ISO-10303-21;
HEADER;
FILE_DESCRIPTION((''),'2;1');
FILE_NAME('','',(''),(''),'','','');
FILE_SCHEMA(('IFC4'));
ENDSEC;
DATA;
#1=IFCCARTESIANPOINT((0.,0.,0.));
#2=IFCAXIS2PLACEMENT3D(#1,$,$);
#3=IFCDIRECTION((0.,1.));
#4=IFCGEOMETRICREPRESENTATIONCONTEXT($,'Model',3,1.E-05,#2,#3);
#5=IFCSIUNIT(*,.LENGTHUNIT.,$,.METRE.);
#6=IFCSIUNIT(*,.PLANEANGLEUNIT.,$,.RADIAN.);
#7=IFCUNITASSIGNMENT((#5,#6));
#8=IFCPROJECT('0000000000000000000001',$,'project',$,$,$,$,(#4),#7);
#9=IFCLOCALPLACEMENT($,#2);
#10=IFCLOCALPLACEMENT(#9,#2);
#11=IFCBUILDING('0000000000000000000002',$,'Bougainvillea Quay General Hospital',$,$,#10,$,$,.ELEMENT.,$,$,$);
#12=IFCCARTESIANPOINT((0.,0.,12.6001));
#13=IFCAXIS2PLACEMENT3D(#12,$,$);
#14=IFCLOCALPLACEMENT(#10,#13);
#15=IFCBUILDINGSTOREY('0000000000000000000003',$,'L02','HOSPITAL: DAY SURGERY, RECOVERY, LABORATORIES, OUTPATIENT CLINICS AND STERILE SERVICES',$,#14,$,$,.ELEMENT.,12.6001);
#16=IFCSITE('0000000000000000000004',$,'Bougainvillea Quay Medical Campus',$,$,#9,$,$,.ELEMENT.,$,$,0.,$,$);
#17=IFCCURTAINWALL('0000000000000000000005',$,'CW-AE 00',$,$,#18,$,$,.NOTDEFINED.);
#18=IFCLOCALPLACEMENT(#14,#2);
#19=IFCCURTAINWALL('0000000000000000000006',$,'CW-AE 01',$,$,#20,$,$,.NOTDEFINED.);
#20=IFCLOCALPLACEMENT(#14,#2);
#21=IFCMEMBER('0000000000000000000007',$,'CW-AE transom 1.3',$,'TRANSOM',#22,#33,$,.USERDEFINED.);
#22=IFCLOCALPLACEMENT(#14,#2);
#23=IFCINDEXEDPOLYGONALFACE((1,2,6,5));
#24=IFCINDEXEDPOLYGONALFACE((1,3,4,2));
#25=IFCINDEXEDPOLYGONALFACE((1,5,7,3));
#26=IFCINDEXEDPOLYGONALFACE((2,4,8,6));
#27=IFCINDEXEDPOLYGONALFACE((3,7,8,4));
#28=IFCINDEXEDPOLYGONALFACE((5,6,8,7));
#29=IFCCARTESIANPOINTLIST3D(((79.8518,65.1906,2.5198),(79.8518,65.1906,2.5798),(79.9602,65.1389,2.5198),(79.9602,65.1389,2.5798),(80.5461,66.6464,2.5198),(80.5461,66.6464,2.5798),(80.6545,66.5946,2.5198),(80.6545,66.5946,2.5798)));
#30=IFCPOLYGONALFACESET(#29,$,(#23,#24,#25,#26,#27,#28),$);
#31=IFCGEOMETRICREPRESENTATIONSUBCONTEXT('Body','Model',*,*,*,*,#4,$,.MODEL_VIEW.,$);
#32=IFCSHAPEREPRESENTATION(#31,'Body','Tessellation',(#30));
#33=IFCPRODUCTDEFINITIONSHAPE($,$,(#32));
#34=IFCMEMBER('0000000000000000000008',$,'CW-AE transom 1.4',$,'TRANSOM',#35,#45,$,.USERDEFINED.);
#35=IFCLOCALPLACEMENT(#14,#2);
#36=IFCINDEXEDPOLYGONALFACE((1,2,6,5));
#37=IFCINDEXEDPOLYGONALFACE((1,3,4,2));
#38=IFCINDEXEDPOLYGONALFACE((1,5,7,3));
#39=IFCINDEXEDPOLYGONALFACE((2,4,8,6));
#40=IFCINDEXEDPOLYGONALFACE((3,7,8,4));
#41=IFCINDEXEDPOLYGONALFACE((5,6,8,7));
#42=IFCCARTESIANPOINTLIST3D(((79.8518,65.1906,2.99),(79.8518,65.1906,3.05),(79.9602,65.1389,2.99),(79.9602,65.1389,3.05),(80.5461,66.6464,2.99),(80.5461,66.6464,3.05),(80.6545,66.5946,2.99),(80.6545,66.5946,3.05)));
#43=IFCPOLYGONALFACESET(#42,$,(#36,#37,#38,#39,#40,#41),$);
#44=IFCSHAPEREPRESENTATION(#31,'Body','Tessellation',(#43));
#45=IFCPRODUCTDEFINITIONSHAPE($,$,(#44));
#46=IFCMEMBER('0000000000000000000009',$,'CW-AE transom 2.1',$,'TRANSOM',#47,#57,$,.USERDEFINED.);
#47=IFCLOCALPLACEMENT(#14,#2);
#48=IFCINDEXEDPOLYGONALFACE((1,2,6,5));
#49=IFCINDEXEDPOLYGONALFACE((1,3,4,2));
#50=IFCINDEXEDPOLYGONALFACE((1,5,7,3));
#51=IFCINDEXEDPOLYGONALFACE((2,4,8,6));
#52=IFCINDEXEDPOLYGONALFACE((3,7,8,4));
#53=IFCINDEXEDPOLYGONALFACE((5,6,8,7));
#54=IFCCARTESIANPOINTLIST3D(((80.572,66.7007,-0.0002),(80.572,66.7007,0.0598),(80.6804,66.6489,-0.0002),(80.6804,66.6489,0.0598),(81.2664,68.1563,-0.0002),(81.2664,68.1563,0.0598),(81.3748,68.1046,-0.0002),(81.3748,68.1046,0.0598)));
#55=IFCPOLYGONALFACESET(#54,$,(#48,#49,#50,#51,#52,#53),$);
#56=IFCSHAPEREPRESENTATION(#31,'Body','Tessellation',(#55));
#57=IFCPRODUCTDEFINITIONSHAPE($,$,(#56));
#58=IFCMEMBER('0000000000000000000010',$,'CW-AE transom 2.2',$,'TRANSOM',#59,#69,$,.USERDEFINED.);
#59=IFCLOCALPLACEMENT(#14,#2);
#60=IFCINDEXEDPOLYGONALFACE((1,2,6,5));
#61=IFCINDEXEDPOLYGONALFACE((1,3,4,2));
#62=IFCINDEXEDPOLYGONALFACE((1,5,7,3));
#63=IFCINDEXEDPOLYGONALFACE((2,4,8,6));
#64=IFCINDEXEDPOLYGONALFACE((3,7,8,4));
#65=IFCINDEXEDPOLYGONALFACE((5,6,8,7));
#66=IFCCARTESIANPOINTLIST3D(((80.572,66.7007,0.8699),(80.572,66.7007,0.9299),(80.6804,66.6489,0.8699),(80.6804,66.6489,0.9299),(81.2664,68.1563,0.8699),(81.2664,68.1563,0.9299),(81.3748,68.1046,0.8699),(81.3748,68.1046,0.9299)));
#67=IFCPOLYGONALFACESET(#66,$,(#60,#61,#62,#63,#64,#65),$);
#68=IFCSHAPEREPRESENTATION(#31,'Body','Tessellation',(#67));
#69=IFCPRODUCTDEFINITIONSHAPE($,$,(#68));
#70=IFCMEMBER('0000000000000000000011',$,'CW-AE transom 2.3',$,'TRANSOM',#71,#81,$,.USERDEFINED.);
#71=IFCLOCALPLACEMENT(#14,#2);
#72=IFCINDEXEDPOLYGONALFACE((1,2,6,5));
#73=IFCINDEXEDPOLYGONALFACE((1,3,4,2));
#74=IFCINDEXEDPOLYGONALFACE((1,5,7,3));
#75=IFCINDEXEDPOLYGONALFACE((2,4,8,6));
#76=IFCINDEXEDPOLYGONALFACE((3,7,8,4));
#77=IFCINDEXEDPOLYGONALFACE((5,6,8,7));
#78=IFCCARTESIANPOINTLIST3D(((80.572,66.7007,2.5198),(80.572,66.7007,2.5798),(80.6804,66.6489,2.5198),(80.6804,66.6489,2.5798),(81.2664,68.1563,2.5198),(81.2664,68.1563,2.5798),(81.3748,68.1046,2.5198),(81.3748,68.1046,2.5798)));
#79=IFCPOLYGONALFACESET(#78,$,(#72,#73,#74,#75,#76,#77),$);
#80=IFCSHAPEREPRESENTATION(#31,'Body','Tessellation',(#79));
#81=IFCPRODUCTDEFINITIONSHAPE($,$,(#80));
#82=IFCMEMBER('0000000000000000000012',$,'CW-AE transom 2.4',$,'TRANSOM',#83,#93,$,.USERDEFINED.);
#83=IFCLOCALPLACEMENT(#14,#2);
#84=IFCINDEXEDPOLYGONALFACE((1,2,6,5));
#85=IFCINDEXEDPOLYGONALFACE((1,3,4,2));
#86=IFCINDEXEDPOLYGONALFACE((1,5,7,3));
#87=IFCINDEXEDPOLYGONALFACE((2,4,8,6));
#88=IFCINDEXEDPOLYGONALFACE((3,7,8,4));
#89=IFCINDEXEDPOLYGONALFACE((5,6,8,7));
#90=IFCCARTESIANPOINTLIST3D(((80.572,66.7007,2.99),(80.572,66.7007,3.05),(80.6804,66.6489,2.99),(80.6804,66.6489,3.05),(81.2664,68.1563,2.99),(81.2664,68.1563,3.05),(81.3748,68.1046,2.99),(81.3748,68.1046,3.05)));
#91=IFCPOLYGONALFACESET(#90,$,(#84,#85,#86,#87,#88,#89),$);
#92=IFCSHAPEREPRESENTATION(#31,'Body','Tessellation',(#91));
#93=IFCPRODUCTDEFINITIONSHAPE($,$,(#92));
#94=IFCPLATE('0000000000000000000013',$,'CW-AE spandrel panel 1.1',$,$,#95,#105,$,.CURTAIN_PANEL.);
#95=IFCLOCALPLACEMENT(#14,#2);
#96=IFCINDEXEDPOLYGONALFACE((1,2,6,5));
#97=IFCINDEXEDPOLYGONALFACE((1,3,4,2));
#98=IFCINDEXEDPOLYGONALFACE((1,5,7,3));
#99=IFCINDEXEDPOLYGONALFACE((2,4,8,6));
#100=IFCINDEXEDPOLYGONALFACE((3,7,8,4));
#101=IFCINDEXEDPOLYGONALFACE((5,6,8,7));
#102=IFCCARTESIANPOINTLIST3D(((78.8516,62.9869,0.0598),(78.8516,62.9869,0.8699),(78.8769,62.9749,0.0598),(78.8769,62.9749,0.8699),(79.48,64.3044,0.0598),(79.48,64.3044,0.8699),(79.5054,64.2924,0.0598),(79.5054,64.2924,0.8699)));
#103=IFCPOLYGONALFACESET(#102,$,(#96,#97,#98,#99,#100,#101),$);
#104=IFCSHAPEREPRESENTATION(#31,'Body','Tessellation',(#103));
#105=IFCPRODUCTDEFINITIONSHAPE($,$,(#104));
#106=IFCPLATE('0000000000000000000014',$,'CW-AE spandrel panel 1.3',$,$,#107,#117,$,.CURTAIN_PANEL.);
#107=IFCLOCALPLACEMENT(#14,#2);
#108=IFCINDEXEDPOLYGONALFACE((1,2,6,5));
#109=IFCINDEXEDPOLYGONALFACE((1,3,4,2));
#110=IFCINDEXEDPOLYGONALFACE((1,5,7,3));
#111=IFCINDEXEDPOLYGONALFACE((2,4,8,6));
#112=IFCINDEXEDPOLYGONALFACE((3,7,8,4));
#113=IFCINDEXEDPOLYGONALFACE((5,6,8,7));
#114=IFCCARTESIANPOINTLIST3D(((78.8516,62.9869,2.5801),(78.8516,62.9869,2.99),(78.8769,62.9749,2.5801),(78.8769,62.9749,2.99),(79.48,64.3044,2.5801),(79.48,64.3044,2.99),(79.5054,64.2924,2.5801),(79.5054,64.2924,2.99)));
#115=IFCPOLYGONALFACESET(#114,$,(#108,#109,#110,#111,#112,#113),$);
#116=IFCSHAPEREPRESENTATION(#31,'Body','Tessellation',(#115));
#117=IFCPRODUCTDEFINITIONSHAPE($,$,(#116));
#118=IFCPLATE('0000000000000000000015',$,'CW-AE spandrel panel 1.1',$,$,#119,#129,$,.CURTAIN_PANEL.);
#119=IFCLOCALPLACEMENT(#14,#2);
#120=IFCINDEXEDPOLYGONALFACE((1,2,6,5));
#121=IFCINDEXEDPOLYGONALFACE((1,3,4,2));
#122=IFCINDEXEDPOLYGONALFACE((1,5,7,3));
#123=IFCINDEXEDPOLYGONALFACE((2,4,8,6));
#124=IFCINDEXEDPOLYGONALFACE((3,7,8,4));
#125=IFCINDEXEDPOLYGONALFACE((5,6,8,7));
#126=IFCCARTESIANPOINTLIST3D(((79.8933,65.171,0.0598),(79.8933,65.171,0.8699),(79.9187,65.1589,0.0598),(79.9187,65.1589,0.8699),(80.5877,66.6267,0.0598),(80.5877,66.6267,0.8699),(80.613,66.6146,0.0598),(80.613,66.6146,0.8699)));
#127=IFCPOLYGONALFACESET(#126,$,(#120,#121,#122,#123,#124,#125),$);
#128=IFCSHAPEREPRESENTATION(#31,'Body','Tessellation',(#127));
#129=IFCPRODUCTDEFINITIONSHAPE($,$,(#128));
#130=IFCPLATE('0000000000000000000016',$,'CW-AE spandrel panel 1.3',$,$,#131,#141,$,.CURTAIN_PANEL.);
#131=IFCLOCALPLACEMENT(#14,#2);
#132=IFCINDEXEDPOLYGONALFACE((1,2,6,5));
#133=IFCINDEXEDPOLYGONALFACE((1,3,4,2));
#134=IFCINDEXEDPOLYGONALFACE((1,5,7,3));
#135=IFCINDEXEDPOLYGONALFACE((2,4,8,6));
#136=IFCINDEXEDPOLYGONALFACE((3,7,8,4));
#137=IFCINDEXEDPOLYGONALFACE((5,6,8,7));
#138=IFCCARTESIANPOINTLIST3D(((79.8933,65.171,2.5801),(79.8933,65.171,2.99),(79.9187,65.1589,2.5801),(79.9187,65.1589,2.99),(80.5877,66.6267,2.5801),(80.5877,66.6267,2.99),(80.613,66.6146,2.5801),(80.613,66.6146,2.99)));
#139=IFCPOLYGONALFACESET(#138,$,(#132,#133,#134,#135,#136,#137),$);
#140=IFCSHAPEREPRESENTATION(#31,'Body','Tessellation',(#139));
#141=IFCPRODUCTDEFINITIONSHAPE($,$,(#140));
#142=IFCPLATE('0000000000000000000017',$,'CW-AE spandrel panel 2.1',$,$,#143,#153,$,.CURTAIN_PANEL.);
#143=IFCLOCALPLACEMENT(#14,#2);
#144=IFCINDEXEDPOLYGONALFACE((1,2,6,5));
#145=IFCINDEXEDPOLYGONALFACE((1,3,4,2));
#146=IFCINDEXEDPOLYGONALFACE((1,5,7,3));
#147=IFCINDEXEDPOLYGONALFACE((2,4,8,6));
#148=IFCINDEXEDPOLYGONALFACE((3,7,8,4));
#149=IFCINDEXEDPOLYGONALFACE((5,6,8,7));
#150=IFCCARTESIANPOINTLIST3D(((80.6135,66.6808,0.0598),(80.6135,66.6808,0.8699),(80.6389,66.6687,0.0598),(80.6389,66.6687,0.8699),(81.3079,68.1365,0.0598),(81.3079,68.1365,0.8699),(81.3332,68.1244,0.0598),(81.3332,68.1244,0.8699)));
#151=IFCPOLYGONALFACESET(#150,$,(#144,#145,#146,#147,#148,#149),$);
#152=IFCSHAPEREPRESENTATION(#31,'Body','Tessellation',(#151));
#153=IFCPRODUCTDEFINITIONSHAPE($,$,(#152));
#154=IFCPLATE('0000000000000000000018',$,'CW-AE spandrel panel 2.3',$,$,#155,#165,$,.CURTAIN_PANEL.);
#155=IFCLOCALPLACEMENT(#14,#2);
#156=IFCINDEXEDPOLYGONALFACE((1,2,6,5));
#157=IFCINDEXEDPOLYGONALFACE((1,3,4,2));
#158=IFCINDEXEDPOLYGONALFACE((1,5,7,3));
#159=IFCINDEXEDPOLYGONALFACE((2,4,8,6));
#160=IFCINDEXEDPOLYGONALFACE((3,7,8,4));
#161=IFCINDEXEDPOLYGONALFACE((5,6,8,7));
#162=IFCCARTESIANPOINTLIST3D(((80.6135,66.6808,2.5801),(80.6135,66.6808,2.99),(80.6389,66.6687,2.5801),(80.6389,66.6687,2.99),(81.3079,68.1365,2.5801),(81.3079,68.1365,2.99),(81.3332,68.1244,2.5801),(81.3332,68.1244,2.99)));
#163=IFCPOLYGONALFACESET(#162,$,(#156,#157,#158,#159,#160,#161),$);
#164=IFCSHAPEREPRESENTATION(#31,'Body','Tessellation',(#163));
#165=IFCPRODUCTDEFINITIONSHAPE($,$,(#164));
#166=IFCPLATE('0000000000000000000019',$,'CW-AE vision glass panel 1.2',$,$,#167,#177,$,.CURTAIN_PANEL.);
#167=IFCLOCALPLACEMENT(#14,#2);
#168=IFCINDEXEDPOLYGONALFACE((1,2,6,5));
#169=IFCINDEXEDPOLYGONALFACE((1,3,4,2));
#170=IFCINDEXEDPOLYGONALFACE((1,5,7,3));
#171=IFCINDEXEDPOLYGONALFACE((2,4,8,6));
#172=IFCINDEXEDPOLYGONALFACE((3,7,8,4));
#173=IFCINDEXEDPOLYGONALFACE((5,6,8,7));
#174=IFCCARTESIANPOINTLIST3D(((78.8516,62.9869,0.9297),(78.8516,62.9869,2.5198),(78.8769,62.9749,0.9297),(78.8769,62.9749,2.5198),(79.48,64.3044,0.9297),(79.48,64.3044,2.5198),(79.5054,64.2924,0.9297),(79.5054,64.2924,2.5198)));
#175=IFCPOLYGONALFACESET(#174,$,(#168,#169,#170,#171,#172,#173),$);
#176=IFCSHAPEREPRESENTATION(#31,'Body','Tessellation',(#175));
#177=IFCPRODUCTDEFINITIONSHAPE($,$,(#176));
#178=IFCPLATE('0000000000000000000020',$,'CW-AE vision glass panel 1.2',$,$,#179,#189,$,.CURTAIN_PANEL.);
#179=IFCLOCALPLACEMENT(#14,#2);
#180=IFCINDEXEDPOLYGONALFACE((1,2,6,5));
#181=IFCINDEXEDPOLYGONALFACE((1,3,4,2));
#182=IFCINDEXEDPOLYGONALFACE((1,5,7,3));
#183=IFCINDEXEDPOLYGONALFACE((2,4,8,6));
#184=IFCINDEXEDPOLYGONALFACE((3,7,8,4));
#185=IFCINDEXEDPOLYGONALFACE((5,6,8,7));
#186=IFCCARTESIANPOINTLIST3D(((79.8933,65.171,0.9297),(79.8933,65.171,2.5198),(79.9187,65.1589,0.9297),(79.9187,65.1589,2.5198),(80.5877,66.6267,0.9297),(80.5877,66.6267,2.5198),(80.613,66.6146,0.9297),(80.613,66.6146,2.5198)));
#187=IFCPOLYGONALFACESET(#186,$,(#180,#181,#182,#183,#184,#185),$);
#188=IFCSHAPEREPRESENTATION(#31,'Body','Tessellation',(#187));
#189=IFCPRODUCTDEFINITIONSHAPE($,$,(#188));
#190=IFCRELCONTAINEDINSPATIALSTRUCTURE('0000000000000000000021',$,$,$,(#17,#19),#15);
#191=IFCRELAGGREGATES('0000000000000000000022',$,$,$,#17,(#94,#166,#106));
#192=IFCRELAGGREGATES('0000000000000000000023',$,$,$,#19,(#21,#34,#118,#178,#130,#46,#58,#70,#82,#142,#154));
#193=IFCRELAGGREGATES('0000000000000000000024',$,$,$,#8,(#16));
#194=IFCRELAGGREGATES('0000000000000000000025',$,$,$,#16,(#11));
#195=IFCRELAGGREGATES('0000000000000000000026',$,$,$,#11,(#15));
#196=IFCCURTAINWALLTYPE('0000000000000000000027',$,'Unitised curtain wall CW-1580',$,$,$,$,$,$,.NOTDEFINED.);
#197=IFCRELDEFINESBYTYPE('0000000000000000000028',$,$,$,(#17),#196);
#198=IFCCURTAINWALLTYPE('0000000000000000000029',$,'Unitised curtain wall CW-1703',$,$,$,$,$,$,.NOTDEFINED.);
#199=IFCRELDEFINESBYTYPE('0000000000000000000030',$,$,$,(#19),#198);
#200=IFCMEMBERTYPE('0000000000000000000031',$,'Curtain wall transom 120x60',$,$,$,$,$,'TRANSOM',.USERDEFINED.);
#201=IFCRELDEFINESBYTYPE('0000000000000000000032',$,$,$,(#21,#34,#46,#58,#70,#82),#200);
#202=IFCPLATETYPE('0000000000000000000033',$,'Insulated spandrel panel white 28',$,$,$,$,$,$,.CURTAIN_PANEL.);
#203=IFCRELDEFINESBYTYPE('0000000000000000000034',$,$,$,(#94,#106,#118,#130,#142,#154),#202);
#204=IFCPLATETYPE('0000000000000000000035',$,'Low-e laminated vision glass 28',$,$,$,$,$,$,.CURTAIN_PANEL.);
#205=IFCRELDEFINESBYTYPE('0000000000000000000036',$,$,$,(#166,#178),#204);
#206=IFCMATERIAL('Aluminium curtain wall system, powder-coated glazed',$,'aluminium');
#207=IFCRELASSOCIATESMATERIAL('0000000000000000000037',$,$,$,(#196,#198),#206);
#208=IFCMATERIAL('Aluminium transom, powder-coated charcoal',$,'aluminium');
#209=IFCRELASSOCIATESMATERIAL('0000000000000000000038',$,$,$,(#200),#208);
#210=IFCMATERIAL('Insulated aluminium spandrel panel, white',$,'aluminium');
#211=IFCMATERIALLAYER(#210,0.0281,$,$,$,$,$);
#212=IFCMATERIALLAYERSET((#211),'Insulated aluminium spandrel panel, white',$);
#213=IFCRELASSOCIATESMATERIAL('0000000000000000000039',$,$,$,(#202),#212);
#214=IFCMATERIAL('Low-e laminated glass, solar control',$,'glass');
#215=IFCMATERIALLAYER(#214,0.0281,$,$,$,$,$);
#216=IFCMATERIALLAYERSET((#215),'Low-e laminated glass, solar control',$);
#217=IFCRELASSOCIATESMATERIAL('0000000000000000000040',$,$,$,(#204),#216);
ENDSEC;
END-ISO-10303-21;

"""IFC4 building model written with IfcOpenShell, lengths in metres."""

from ifc_helpers import new_model, si_unit, direction, frame, origin, origin_2d, place, context, subcontext, project, spatial, rectangle, extrude, material, layer, layer_set, material_profile, profile_set, type_object, element, aggregate, save


model = new_model("IFC4")

# Units and contexts
model_context = context("Model", 3, precision=1e-05, world=origin(), true_north=direction((0.0, 1.0)))
body_context = subcontext(model_context, "Body", "Model", "MODEL_VIEW")
ifc_project = project(units=[si_unit("LENGTHUNIT", "METRE"), si_unit("PLANEANGLEUNIT", "RADIAN")], contexts=[model_context])

# Site, building, storey
site_placement = place(None, origin())
site = spatial("IfcSite", under=ifc_project, at=site_placement, Name="Bougainvillea Quay Medical Campus", CompositionType="ELEMENT", RefElevation=0.0)
building_placement = place(site_placement, origin())
building = spatial("IfcBuilding", under=site, at=building_placement, Name="Bougainvillea Quay General Hospital", CompositionType="ELEMENT")
storey_placement = place(building_placement, frame((0.0, 0.0, 12.6001)))
storey = spatial("IfcBuildingStorey", under=building, at=storey_placement, Name="L02", Description="HOSPITAL: DAY SURGERY, RECOVERY, LABORATORIES, OUTPATIENT CLINICS AND STERILE SERVICES", CompositionType="ELEMENT", Elevation=12.6001)

# Shared definitions
ifc_material_1 = material(Name="Aluminium curtain wall system, powder-coated glazed", Category="aluminium")

# Curtain walls
curtain_wall_type_1 = type_object("IfcCurtainWallType", Name="Unitised curtain wall CW-1580", PredefinedType="NOTDEFINED", material=ifc_material_1)
curtain_wall_1_placement = place(storey_placement, origin())
curtain_wall_1 = element("IfcCurtainWall", 1, at=curtain_wall_1_placement, inside=storey, type_object=curtain_wall_type_1, Name="CW-AE 00", PredefinedType="NOTDEFINED")
curtain_wall_type_2 = type_object("IfcCurtainWallType", Name="Unitised curtain wall CW-1703", PredefinedType="NOTDEFINED", material=ifc_material_1)
curtain_wall_2_placement = place(storey_placement, origin())
curtain_wall_2 = element("IfcCurtainWall", 2, at=curtain_wall_2_placement, inside=storey, type_object=curtain_wall_type_2, Name="CW-AE 01", PredefinedType="NOTDEFINED")

# Members
ifc_material_2 = material(Name="Aluminium transom, powder-coated charcoal", Category="aluminium")
ifc_material_profile_1 = material_profile(ifc_material_2, rectangle(XDim=0.1201, YDim=0.0601, at=origin_2d()))
ifc_profile_set_1 = profile_set([ifc_material_profile_1], Name="Aluminium transom, powder-coated charcoal")
member_type_1 = type_object("IfcMemberType", Name="Curtain wall transom 120x60", ElementType="TRANSOM", PredefinedType="USERDEFINED", material=ifc_profile_set_1)
member_1_placement = place(storey_placement, frame((79.906, 65.1648, 2.5498), z_axis=(0.430486, 0.902597, 0.0), x_axis=(-0.902597, 0.430486, 0.0)))
member_1 = element("IfcMember", 3, at=member_1_placement, type_object=member_type_1, Name="CW-AE transom 1.3", ObjectType="TRANSOM", PredefinedType="USERDEFINED", context=body_context, shape_type="SweptSolid", body=[
    extrude(rectangle(XDim=0.1201, YDim=0.0601, at=origin_2d()), origin(), (0.0, 0.0, 1.0), 1.6128),
])
member_2_placement = place(storey_placement, frame((79.906, 65.1648, 3.02), z_axis=(0.430486, 0.902597, 0.0), x_axis=(-0.902597, 0.430486, 0.0)))
member_2 = element("IfcMember", 4, at=member_2_placement, type_object=member_type_1, Name="CW-AE transom 1.4", ObjectType="TRANSOM", PredefinedType="USERDEFINED", context=body_context, shape_type="SweptSolid", body=[
    extrude(rectangle(XDim=0.1201, YDim=0.0601, at=origin_2d()), origin(), (0.0, 0.0, 1.0), 1.6128),
])
member_3_placement = place(storey_placement, frame((80.6262, 66.6748, 0.0298), z_axis=(0.430545, 0.902569, 0.0), x_axis=(-0.902569, 0.430545, 0.0)))
member_3 = element("IfcMember", 5, at=member_3_placement, type_object=member_type_1, Name="CW-AE transom 2.1", ObjectType="TRANSOM", PredefinedType="USERDEFINED", context=body_context, shape_type="SweptSolid", body=[
    extrude(rectangle(XDim=0.1201, YDim=0.0601, at=origin_2d()), origin(), (0.0, 0.0, 1.0), 1.6128),
])
member_4_placement = place(storey_placement, frame((80.6262, 66.6748, 0.8999), z_axis=(0.430545, 0.902569, 0.0), x_axis=(-0.902569, 0.430545, 0.0)))
member_4 = element("IfcMember", 6, at=member_4_placement, type_object=member_type_1, Name="CW-AE transom 2.2", ObjectType="TRANSOM", PredefinedType="USERDEFINED", context=body_context, shape_type="SweptSolid", body=[
    extrude(rectangle(XDim=0.1201, YDim=0.0601, at=origin_2d()), origin(), (0.0, 0.0, 1.0), 1.6128),
])
member_5_placement = place(storey_placement, frame((80.6262, 66.6748, 2.5498), z_axis=(0.430545, 0.902569, 0.0), x_axis=(-0.902569, 0.430545, 0.0)))
member_5 = element("IfcMember", 7, at=member_5_placement, type_object=member_type_1, Name="CW-AE transom 2.3", ObjectType="TRANSOM", PredefinedType="USERDEFINED", context=body_context, shape_type="SweptSolid", body=[
    extrude(rectangle(XDim=0.1201, YDim=0.0601, at=origin_2d()), origin(), (0.0, 0.0, 1.0), 1.6128),
])
member_6_placement = place(storey_placement, frame((80.6262, 66.6748, 3.02), z_axis=(0.430545, 0.902569, 0.0), x_axis=(-0.902569, 0.430545, 0.0)))
member_6 = element("IfcMember", 8, at=member_6_placement, type_object=member_type_1, Name="CW-AE transom 2.4", ObjectType="TRANSOM", PredefinedType="USERDEFINED", context=body_context, shape_type="SweptSolid", body=[
    extrude(rectangle(XDim=0.1201, YDim=0.0601, at=origin_2d()), origin(), (0.0, 0.0, 1.0), 1.6128),
])

# Plates
ifc_material_3 = material(Name="Insulated aluminium spandrel panel, white", Category="aluminium")
ifc_layer_1 = layer(ifc_material_3, 0.0281)
ifc_layer_set_1 = layer_set([ifc_layer_1], Name="Insulated aluminium spandrel panel, white")
plate_type_1 = type_object("IfcPlateType", Name="Insulated spandrel panel white 28", PredefinedType="CURTAIN_PANEL", material=ifc_layer_set_1)
plate_1_placement = place(storey_placement, frame((79.1785, 63.6396, 0.0598), z_axis=(0.0, 0.0, 1.0), x_axis=(0.43053, 0.902576, 0.0)))
plate_1 = element("IfcPlate", 9, at=plate_1_placement, type_object=plate_type_1, Name="CW-AE spandrel panel 1.1", PredefinedType="CURTAIN_PANEL", context=body_context, shape_type="SweptSolid", body=[
    extrude(rectangle(XDim=1.4597, YDim=0.0281, at=origin_2d()), origin(), (0.0, 0.0, 1.0), 0.8101),
])
plate_2_placement = place(storey_placement, frame((79.1785, 63.6396, 2.5801), z_axis=(0.0, 0.0, 1.0), x_axis=(0.43053, 0.902576, 0.0)))
plate_2 = element("IfcPlate", 10, at=plate_2_placement, type_object=plate_type_1, Name="CW-AE spandrel panel 1.3", PredefinedType="CURTAIN_PANEL", context=body_context, shape_type="SweptSolid", body=[
    extrude(rectangle(XDim=1.4597, YDim=0.0281, at=origin_2d()), origin(), (0.0, 0.0, 1.0), 0.4099),
])
plate_3_placement = place(storey_placement, frame((80.2532, 65.8928, 0.0598), z_axis=(0.0, 0.0, 1.0), x_axis=(0.43053, 0.902576, 0.0)))
plate_3 = element("IfcPlate", 11, at=plate_3_placement, type_object=plate_type_1, Name="CW-AE spandrel panel 1.1", PredefinedType="CURTAIN_PANEL", context=body_context, shape_type="SweptSolid", body=[
    extrude(rectangle(XDim=1.6128, YDim=0.0281, at=origin_2d()), origin(), (0.0, 0.0, 1.0), 0.8101),
])
plate_4_placement = place(storey_placement, frame((80.2532, 65.8928, 2.5801), z_axis=(0.0, 0.0, 1.0), x_axis=(0.43053, 0.902576, 0.0)))
plate_4 = element("IfcPlate", 12, at=plate_4_placement, type_object=plate_type_1, Name="CW-AE spandrel panel 1.3", PredefinedType="CURTAIN_PANEL", context=body_context, shape_type="SweptSolid", body=[
    extrude(rectangle(XDim=1.6128, YDim=0.0281, at=origin_2d()), origin(), (0.0, 0.0, 1.0), 0.4099),
])
plate_5_placement = place(storey_placement, frame((80.9734, 67.4026, 0.0598), z_axis=(0.0, 0.0, 1.0), x_axis=(0.43053, 0.902576, 0.0)))
plate_5 = element("IfcPlate", 13, at=plate_5_placement, type_object=plate_type_1, Name="CW-AE spandrel panel 2.1", PredefinedType="CURTAIN_PANEL", context=body_context, shape_type="SweptSolid", body=[
    extrude(rectangle(XDim=1.6128, YDim=0.0281, at=origin_2d()), origin(), (0.0, 0.0, 1.0), 0.8101),
])
plate_6_placement = place(storey_placement, frame((80.9734, 67.4026, 2.5801), z_axis=(0.0, 0.0, 1.0), x_axis=(0.43053, 0.902576, 0.0)))
plate_6 = element("IfcPlate", 14, at=plate_6_placement, type_object=plate_type_1, Name="CW-AE spandrel panel 2.3", PredefinedType="CURTAIN_PANEL", context=body_context, shape_type="SweptSolid", body=[
    extrude(rectangle(XDim=1.6128, YDim=0.0281, at=origin_2d()), origin(), (0.0, 0.0, 1.0), 0.4099),
])
ifc_material_4 = material(Name="Low-e laminated glass, solar control", Category="glass")
ifc_layer_2 = layer(ifc_material_4, 0.0281)
ifc_layer_set_2 = layer_set([ifc_layer_2], Name="Low-e laminated glass, solar control")
plate_type_2 = type_object("IfcPlateType", Name="Low-e laminated vision glass 28", PredefinedType="CURTAIN_PANEL", material=ifc_layer_set_2)
plate_7_placement = place(storey_placement, frame((79.1785, 63.6396, 0.9297), z_axis=(0.0, 0.0, 1.0), x_axis=(0.43053, 0.902576, 0.0)))
plate_7 = element("IfcPlate", 15, at=plate_7_placement, type_object=plate_type_2, Name="CW-AE vision glass panel 1.2", PredefinedType="CURTAIN_PANEL", context=body_context, shape_type="SweptSolid", body=[
    extrude(rectangle(XDim=1.4597, YDim=0.0281, at=origin_2d()), origin(), (0.0, 0.0, 1.0), 1.5901),
])
aggregate(curtain_wall_1, [plate_1, plate_7, plate_2])
plate_8_placement = place(storey_placement, frame((80.2532, 65.8928, 0.9297), z_axis=(0.0, 0.0, 1.0), x_axis=(0.43053, 0.902576, 0.0)))
plate_8 = element("IfcPlate", 16, at=plate_8_placement, type_object=plate_type_2, Name="CW-AE vision glass panel 1.2", PredefinedType="CURTAIN_PANEL", context=body_context, shape_type="SweptSolid", body=[
    extrude(rectangle(XDim=1.6128, YDim=0.0281, at=origin_2d()), origin(), (0.0, 0.0, 1.0), 1.5901),
])
aggregate(curtain_wall_2, [member_1, member_2, plate_3, plate_8, plate_4, member_3, member_4, member_5, member_6, plate_5, plate_6])

save(model, "model.ifc")
